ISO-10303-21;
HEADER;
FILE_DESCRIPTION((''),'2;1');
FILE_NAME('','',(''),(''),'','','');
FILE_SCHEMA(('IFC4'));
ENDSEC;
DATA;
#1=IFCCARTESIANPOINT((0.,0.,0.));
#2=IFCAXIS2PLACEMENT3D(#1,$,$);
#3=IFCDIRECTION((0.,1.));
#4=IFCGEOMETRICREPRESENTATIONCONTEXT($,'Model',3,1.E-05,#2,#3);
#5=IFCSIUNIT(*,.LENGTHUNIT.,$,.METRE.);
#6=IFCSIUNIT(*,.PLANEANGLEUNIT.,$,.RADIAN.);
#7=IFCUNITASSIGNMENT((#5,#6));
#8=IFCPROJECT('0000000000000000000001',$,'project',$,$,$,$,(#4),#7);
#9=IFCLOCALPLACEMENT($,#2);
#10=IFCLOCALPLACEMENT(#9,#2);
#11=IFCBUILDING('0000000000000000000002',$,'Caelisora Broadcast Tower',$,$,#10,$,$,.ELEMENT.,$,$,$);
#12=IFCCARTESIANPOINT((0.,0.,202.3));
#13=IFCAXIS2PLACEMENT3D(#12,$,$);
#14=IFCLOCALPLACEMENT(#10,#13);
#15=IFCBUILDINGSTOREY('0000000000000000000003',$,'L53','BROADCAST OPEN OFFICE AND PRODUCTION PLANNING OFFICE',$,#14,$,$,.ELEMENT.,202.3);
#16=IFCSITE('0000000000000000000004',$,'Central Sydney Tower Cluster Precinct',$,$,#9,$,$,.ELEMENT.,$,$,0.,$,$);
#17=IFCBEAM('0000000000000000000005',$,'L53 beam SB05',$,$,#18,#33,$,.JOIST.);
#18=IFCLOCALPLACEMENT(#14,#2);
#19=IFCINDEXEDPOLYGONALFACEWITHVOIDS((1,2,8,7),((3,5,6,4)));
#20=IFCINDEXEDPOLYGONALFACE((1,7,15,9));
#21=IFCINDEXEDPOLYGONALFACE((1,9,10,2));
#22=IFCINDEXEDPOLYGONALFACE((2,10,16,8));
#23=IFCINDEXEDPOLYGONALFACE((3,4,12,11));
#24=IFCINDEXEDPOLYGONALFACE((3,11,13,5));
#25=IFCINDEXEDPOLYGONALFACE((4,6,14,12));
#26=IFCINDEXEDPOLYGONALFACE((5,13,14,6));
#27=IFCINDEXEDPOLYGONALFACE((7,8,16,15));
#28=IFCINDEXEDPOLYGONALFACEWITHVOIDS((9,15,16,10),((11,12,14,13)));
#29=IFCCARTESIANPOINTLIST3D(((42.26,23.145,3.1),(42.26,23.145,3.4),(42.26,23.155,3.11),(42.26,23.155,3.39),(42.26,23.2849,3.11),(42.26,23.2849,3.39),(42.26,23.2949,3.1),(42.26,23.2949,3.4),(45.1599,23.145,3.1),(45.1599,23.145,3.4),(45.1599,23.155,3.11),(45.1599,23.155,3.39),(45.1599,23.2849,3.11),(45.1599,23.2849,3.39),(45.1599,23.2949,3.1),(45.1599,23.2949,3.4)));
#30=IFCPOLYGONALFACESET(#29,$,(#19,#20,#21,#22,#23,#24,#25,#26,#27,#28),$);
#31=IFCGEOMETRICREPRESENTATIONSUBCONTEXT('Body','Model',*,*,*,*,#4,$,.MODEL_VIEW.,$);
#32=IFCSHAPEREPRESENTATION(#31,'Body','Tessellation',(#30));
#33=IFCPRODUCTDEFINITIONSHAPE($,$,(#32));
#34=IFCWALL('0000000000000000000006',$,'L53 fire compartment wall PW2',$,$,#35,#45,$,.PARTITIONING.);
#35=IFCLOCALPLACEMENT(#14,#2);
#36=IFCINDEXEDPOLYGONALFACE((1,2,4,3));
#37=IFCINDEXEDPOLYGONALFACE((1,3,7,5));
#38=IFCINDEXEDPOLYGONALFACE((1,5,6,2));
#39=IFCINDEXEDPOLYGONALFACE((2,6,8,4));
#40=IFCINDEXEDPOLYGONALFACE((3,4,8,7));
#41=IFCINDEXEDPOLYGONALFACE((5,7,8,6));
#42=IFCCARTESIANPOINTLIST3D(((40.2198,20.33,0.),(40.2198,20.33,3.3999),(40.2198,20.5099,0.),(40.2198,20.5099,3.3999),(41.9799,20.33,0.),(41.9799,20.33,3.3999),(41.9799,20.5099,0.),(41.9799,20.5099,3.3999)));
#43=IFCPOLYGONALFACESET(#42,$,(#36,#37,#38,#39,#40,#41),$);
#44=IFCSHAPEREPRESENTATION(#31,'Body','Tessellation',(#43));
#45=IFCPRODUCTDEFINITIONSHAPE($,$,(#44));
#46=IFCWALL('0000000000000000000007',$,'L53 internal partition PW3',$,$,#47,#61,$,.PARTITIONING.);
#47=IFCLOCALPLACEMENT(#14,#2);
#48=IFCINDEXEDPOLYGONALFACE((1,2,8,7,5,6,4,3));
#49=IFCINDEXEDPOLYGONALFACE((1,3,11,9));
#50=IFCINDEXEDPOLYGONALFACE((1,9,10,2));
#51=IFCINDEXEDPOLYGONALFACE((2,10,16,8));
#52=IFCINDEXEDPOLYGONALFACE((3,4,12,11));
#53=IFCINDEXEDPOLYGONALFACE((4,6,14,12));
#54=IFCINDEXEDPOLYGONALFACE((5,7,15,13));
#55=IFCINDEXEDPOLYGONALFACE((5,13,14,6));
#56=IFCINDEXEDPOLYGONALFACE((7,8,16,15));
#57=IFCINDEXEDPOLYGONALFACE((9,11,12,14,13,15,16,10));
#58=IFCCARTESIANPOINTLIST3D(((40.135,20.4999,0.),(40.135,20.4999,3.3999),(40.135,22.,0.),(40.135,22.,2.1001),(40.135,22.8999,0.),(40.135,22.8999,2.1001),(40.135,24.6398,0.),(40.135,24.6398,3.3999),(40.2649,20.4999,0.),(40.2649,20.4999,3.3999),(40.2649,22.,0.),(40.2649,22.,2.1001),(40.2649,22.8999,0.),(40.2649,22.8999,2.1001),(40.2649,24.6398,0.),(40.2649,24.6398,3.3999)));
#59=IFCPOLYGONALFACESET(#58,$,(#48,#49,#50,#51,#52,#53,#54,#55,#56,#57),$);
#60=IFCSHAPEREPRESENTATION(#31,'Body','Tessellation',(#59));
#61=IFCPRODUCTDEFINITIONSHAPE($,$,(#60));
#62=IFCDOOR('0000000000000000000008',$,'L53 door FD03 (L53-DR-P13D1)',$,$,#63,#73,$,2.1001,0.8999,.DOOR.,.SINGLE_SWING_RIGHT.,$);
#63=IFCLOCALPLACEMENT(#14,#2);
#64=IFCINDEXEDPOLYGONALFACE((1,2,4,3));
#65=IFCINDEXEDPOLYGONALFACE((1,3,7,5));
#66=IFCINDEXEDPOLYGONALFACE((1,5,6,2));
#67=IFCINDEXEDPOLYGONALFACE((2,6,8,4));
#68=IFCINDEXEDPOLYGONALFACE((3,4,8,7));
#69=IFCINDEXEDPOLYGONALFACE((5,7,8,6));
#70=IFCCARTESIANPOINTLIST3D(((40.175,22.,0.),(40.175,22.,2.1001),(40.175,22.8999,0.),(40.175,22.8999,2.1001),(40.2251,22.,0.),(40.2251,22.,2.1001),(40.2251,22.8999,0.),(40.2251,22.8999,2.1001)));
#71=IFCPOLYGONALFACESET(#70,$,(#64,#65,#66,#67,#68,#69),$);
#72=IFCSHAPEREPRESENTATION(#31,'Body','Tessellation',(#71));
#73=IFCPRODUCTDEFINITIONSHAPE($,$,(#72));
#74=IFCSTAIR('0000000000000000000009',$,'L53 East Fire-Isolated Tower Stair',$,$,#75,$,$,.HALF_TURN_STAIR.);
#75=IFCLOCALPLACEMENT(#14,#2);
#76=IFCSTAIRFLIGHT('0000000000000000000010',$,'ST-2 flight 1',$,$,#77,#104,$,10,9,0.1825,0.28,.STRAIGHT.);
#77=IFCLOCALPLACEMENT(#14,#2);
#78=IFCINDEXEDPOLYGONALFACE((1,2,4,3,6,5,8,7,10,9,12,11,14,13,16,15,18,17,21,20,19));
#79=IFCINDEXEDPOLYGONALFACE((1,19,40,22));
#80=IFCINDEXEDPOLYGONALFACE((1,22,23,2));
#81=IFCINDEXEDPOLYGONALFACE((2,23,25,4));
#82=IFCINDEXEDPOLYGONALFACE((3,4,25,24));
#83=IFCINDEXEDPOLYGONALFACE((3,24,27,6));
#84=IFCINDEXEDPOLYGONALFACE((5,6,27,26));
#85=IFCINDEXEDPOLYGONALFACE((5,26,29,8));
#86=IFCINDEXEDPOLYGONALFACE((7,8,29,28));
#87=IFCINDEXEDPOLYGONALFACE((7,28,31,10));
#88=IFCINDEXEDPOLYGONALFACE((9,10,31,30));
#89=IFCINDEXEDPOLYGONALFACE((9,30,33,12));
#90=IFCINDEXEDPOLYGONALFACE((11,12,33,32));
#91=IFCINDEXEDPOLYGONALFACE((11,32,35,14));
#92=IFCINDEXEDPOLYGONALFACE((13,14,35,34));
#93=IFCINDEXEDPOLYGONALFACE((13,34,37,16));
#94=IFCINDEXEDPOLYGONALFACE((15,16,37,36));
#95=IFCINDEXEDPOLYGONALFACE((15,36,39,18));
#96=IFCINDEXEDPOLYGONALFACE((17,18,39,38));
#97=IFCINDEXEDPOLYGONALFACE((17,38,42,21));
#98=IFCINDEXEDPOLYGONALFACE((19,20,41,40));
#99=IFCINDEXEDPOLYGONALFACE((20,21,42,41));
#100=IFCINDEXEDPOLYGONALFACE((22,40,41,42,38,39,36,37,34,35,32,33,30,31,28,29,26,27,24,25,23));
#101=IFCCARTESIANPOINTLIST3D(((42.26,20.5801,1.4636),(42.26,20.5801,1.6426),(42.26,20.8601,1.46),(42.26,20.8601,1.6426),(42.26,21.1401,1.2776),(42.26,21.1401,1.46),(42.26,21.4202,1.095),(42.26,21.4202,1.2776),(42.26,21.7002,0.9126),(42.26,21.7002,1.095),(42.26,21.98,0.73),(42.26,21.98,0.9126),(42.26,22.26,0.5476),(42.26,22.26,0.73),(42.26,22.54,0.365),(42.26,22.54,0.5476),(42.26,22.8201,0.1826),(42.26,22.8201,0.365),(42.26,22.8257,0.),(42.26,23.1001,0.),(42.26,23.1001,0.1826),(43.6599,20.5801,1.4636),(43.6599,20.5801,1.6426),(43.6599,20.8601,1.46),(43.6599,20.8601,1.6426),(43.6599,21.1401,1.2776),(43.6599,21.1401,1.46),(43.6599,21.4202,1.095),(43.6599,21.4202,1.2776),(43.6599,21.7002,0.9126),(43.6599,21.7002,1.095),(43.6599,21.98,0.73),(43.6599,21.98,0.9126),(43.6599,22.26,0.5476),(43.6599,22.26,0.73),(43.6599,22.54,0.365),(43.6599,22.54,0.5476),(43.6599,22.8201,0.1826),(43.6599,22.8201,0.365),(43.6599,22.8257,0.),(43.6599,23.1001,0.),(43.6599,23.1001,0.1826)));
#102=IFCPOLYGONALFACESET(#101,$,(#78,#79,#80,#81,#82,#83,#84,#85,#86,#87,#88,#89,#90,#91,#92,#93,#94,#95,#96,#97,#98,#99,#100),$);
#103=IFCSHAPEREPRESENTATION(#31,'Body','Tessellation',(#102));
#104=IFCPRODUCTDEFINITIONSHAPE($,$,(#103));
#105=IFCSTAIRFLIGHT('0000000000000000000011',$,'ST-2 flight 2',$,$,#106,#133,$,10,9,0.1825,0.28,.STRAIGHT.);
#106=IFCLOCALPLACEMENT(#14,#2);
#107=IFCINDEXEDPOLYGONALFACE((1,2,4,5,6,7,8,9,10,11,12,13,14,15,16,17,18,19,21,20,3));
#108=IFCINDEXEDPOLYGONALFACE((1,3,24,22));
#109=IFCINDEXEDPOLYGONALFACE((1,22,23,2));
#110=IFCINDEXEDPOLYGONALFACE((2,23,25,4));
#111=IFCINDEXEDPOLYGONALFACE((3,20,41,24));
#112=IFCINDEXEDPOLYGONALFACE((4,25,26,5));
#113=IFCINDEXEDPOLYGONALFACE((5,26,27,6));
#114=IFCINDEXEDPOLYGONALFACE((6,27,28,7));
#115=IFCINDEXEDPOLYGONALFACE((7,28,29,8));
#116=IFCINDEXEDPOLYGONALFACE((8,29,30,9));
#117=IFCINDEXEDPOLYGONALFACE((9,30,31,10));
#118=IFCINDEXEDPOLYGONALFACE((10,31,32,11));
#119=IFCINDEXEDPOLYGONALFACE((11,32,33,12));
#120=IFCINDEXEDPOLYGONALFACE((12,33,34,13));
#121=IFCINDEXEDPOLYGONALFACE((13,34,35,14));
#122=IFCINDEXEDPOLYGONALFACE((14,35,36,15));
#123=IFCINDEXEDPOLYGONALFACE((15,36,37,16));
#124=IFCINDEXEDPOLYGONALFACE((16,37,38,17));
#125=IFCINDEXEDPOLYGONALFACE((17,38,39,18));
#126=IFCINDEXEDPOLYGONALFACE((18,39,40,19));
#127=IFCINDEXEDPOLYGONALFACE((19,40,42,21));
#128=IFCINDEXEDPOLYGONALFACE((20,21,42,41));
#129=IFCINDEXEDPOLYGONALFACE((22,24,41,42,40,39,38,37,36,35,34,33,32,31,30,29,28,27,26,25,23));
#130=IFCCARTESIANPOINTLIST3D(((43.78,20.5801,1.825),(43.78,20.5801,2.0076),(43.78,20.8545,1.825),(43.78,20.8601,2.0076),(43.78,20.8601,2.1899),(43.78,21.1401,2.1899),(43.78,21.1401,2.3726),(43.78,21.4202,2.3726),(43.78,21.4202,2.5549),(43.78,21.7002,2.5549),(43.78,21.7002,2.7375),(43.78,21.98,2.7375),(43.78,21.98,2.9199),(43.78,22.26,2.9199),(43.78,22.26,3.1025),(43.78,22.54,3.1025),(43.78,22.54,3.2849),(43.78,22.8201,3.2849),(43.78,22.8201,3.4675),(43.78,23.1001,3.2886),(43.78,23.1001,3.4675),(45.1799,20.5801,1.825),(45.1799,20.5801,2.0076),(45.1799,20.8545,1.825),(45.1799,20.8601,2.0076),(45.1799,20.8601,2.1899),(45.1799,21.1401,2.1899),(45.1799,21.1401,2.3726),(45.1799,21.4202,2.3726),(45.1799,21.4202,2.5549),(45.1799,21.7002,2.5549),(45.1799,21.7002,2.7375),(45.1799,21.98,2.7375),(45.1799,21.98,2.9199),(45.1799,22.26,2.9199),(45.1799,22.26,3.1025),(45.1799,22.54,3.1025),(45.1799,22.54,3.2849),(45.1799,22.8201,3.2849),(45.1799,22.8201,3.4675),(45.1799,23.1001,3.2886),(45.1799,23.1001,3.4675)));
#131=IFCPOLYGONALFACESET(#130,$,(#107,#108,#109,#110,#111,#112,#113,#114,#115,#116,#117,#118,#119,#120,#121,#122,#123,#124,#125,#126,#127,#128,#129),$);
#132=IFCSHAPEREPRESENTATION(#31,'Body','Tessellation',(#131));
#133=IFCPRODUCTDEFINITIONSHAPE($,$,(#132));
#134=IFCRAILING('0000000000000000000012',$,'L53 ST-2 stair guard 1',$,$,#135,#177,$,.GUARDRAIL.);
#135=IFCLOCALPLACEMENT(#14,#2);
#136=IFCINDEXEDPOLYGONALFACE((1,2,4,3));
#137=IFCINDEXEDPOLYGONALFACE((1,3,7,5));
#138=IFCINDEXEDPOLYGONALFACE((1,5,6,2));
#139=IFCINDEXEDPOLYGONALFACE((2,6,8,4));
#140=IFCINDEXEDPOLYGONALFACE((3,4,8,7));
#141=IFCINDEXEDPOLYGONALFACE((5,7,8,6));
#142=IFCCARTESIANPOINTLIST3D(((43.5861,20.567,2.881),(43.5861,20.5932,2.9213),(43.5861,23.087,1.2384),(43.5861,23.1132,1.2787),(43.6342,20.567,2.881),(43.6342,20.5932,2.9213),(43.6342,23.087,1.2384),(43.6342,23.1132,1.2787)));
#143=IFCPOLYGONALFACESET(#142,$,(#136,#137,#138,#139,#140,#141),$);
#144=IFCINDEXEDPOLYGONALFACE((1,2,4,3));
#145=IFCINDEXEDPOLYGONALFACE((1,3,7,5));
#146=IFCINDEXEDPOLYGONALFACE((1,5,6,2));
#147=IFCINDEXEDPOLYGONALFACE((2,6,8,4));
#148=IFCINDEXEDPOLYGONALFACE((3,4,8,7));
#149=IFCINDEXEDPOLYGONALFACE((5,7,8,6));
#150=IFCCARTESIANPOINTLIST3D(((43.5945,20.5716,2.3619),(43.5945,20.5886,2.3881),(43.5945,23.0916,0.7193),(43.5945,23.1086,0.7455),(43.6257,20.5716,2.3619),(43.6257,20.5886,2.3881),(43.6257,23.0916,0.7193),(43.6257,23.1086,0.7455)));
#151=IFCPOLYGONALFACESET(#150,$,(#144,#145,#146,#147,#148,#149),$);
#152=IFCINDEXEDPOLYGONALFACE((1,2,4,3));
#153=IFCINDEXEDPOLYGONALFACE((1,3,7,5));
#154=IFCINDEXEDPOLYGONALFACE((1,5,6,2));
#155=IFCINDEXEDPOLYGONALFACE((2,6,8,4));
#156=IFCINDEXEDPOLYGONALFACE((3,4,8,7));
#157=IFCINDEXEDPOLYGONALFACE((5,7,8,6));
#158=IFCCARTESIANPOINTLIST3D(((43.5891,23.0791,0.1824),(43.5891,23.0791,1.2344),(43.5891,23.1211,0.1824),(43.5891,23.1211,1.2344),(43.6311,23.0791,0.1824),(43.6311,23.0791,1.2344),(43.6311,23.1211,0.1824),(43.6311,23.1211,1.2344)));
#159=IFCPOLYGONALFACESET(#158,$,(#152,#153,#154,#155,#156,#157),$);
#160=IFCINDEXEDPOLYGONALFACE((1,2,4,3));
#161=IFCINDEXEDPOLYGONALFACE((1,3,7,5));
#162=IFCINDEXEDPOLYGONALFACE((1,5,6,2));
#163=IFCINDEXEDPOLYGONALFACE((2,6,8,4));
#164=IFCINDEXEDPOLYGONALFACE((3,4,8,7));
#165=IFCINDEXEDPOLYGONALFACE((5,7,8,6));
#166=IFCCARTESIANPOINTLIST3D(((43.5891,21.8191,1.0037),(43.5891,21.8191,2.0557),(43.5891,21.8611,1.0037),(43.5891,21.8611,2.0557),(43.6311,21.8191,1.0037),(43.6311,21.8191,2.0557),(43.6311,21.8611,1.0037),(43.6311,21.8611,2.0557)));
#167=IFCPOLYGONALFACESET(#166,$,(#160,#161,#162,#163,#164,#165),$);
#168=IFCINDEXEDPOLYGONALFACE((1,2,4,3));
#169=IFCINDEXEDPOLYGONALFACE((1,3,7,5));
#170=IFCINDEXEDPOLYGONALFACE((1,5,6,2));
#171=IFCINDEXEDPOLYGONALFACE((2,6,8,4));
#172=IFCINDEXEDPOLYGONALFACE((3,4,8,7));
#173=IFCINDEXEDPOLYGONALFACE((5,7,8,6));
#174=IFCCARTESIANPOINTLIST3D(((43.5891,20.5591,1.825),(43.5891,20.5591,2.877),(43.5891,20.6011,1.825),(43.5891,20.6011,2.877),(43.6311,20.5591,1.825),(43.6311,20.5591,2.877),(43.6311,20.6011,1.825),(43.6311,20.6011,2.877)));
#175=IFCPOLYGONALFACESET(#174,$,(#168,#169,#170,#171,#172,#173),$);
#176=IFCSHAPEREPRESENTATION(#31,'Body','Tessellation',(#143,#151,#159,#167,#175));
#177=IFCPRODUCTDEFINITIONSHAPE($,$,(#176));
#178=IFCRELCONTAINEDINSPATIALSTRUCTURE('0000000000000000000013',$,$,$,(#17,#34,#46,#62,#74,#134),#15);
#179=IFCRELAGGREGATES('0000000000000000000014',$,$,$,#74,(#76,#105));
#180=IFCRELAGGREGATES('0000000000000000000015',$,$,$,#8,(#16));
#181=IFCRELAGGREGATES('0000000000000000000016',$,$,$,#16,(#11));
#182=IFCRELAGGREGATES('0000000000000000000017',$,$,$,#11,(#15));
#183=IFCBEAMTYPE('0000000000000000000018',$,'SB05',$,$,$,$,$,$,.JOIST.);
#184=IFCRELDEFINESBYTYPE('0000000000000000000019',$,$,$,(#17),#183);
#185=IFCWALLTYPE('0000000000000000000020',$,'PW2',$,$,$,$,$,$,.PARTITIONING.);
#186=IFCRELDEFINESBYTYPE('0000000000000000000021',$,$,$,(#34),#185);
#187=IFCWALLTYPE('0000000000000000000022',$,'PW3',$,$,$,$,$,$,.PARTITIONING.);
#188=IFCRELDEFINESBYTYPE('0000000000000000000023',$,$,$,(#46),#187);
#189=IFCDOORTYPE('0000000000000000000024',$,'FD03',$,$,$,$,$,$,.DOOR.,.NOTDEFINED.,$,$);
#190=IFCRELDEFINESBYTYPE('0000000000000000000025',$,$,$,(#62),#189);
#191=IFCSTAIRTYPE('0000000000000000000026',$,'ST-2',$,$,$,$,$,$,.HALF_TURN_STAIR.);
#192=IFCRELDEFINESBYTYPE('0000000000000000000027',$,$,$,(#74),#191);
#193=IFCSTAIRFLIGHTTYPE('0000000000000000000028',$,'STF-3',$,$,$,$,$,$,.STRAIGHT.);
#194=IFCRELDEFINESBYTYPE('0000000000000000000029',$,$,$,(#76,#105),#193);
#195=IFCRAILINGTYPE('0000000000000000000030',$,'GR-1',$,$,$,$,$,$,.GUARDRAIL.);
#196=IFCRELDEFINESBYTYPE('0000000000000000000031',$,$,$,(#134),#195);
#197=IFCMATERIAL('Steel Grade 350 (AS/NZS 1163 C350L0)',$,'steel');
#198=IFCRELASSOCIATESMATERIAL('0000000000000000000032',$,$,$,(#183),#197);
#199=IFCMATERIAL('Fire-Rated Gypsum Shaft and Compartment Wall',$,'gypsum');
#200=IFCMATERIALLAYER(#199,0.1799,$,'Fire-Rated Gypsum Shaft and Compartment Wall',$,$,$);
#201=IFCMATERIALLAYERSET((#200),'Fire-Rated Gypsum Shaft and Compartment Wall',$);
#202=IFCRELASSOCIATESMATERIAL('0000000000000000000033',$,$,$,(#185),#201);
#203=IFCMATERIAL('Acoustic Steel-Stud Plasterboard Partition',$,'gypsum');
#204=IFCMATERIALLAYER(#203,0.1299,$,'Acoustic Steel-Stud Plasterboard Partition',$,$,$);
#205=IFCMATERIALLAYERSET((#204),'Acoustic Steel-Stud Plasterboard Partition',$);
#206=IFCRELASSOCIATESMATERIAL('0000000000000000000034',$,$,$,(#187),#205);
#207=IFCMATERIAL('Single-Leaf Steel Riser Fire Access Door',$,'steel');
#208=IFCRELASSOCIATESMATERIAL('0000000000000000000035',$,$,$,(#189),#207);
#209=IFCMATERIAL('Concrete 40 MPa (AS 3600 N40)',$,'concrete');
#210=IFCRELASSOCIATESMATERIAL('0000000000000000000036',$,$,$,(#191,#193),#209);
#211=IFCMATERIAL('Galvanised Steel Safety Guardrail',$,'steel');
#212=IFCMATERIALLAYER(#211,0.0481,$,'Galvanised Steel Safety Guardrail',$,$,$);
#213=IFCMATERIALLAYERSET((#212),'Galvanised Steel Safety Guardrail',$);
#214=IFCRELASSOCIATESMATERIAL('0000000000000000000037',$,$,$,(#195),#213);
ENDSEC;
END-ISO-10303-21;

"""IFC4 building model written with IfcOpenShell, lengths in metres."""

from ifc_helpers import new_model, si_unit, direction, frame, frame_2d, origin, origin_2d, place, context, subcontext, project, spatial, polyline, rectangle, hollow_rectangle, outline, extrude, source, transform, mapped, material, layer, layer_set, material_profile, profile_set, type_object, type_shapes, element, fill, aggregate, save


model = new_model("IFC4")

# Units and contexts
model_context = context("Model", 3, precision=1e-05, world=origin(), true_north=direction((0.0, 1.0)))
body_context = subcontext(model_context, "Body", "Model", "MODEL_VIEW")
ifc_project = project(units=[si_unit("LENGTHUNIT", "METRE"), si_unit("PLANEANGLEUNIT", "RADIAN")], contexts=[model_context])

# Site, building, storey
site_placement = place(None, origin())
site = spatial("IfcSite", under=ifc_project, at=site_placement, Name="Central Sydney Tower Cluster Precinct", CompositionType="ELEMENT", RefElevation=0.0)
building_placement = place(site_placement, origin())
building = spatial("IfcBuilding", under=site, at=building_placement, Name="Caelisora Broadcast Tower", CompositionType="ELEMENT")
storey_placement = place(building_placement, frame((0.0, 0.0, 202.3)))
storey = spatial("IfcBuildingStorey", under=building, at=storey_placement, Name="L53", Description="BROADCAST OPEN OFFICE AND PRODUCTION PLANNING OFFICE", CompositionType="ELEMENT", Elevation=202.3)

# Beam
ifc_material_1 = material(Name="Steel Grade 350 (AS/NZS 1163 C350L0)", Category="steel")
ifc_material_profile = material_profile(ifc_material_1, hollow_rectangle(XDim=0.1499, YDim=0.3, WallThickness=0.01, at=origin_2d()), Name="Steel Grade 350 (AS/NZS 1163 C350L0)")
ifc_profile_set = profile_set([ifc_material_profile], Name="Steel Grade 350 (AS/NZS 1163 C350L0)")
beam_type = type_object("IfcBeamType", Name="SB05", PredefinedType="JOIST", material=ifc_profile_set)
shared_shape = source(origin(), body_context, "Body", "SweptSolid", [
    extrude(hollow_rectangle(XDim=0.1499, YDim=0.3, WallThickness=0.01, at=origin_2d()), origin(), (0.0, 0.0, 1.0), 2.8999),
])
type_shapes(beam_type, [shared_shape])
beam_placement = place(storey_placement, frame((42.26, 23.22, 3.25), z_axis=(1.0, 0.0, 0.0), x_axis=(0.0, 1.0, 0.0)))
element("IfcBeam", 1, at=beam_placement, inside=storey, type_object=beam_type, Name="L53 beam SB05", PredefinedType="JOIST", context=body_context, shape_type="MappedRepresentation", body=[
    mapped(shared_shape, transform((0.0, 0.0, 0.0), scale=1.0)),
])

# Wall
ifc_material_2 = material(Name="Fire-Rated Gypsum Shaft and Compartment Wall", Category="gypsum")
ifc_layer_1 = layer(ifc_material_2, 0.1799, Name="Fire-Rated Gypsum Shaft and Compartment Wall")
ifc_layer_set_1 = layer_set([ifc_layer_1], Name="Fire-Rated Gypsum Shaft and Compartment Wall")
wall_type_1 = type_object("IfcWallType", Name="PW2", PredefinedType="PARTITIONING", material=ifc_layer_set_1)
wall_1_placement = place(storey_placement, frame((40.22, 20.4199, 0.0), z_axis=(0.0, 0.0, 1.0), x_axis=(1.0, 0.0, 0.0)))
element("IfcWall", 2, at=wall_1_placement, inside=storey, type_object=wall_type_1, Name="L53 fire compartment wall PW2", PredefinedType="PARTITIONING", context=body_context, shape_type="SweptSolid", body=[
    extrude(rectangle(XDim=1.76, YDim=0.1799, at=frame_2d((0.8799, 0.0))), origin(), (0.0, 0.0, 1.0), 3.3999),
])

# Shared definitions
ifc_material_3 = material(Name="Acoustic Steel-Stud Plasterboard Partition", Category="gypsum")
ifc_layer_2 = layer(ifc_material_3, 0.1299, Name="Acoustic Steel-Stud Plasterboard Partition")
ifc_layer_set_2 = layer_set([ifc_layer_2], Name="Acoustic Steel-Stud Plasterboard Partition")
wall_type_2 = type_object("IfcWallType", Name="PW3", PredefinedType="PARTITIONING", material=ifc_layer_set_2)
ifc_material_4 = material(Name="Single-Leaf Steel Riser Fire Access Door", Category="steel")
door_type_1 = type_object("IfcDoorType", Name="FD03", OperationType="NOTDEFINED", PredefinedType="DOOR", material=ifc_material_4)

# Wall, opening, door
wall_2_placement = place(storey_placement, frame((40.2, 20.5, 0.0), z_axis=(0.0, 0.0, 1.0), x_axis=(0.0, 1.0, 0.0)))
wall_2 = element("IfcWall", 3, at=wall_2_placement, inside=storey, type_object=wall_type_2, Name="L53 internal partition PW3", PredefinedType="PARTITIONING", context=body_context, shape_type="SweptSolid", body=[
    extrude(rectangle(XDim=4.1399, YDim=0.1299, at=frame_2d((2.0698, 0.0))), origin(), (0.0, 0.0, 1.0), 3.3999),
])
opening_1_placement = place(wall_2_placement, frame((1.5, 0.0, 0.0)))
opening_1 = element("IfcOpeningElement", 4, at=opening_1_placement, cuts=wall_2, PredefinedType="OPENING", context=body_context, shape_type="SweptSolid", body=[
    extrude(rectangle(XDim=0.8999, YDim=2.1001, at=frame_2d((0.45, 1.05))), frame((0.0, 0.0769, 0.0), z_axis=(0.0, -1.0, 0.0), x_axis=(1.0, 0.0, 0.0)), (0.0, 0.0, 1.0), 0.1538),
])
door_1_placement = place(opening_1_placement, origin())
door_1 = element("IfcDoor", 5, at=door_1_placement, inside=storey, type_object=door_type_1, Name="L53 door FD03 (L53-DR-P13D1)", OperationType="SINGLE_SWING_RIGHT", OverallHeight=2.1001, OverallWidth=0.8999, PredefinedType="DOOR", context=body_context, shape_type="SweptSolid", body=[
    extrude(rectangle(XDim=0.8999, YDim=2.1001, at=frame_2d((0.45, 1.05))), frame((0.0, 0.0249, 0.0), z_axis=(0.0, -1.0, 0.0), x_axis=(1.0, 0.0, 0.0)), (0.0, 0.0, 1.0), 0.05),
])
fill(opening_1, door_1)

# Stair, stair flights
ifc_material_5 = material(Name="Concrete 40 MPa (AS 3600 N40)", Category="concrete")
stair_type = type_object("IfcStairType", Name="ST-2", PredefinedType="HALF_TURN_STAIR", material=ifc_material_5)
stair_placement = place(storey_placement, origin())
stair = element("IfcStair", 6, at=stair_placement, inside=storey, type_object=stair_type, Name="L53 East Fire-Isolated Tower Stair", PredefinedType="HALF_TURN_STAIR")
stair_flight_type = type_object("IfcStairFlightType", Name="STF-3", PredefinedType="STRAIGHT", material=ifc_material_5)
stair_flight_1_placement = place(storey_placement, frame((42.96, 23.1001, 0.0), z_axis=(0.0, 0.0, 1.0), x_axis=(0.0, -1.0, 0.0)))
stair_flight_1 = element("IfcStairFlight", 7, at=stair_flight_1_placement, type_object=stair_flight_type, Name="ST-2 flight 1", NumberOfRisers=10, NumberOfTreads=9, PredefinedType="STRAIGHT", RiserHeight=0.1825, TreadLength=0.28, context=body_context, shape_type="SweptSolid", body=[
    extrude(outline(polyline([(0.0, 0.0), (0.0, 0.1826), (0.28, 0.1826), (0.28, 0.365), (0.5601, 0.365), (0.5601, 0.5476), (0.8401, 0.5476), (0.8401, 0.73), (1.1201, 0.73), (1.1201, 0.9126), (1.3999, 0.9126), (1.3999, 1.095), (1.6799, 1.095), (1.6799, 1.2776), (1.96, 1.2776), (1.96, 1.46), (2.24, 1.46), (2.24, 1.6426), (2.52, 1.6426), (2.52, 1.825), (2.52, 1.4636), (0.2744, 0.0), (0.0, 0.0)])), frame((0.0, 0.7, 0.0), z_axis=(0.0, -1.0, 0.0), x_axis=(1.0, 0.0, 0.0)), (0.0, 0.0, 1.0), 1.3999),
])
stair_flight_2_placement = place(storey_placement, frame((44.48, 20.5801, 1.825), z_axis=(0.0, 0.0, 1.0), x_axis=(0.0, 1.0, 0.0)))
stair_flight_2 = element("IfcStairFlight", 8, at=stair_flight_2_placement, type_object=stair_flight_type, Name="ST-2 flight 2", NumberOfRisers=10, NumberOfTreads=9, PredefinedType="STRAIGHT", RiserHeight=0.1825, TreadLength=0.28, context=body_context, shape_type="SweptSolid", body=[
    extrude(outline(polyline([(0.0, 0.0), (0.0, 0.1826), (0.28, 0.1826), (0.28, 0.365), (0.5601, 0.365), (0.5601, 0.5476), (0.8401, 0.5476), (0.8401, 0.73), (1.1201, 0.73), (1.1201, 0.9126), (1.3999, 0.9126), (1.3999, 1.095), (1.6799, 1.095), (1.6799, 1.2776), (1.96, 1.2776), (1.96, 1.46), (2.24, 1.46), (2.24, 1.6426), (2.52, 1.6426), (2.52, 1.825), (2.52, 1.4636), (0.2744, 0.0), (0.0, 0.0)])), frame((0.0, 0.7, 0.0), z_axis=(0.0, -1.0, 0.0), x_axis=(1.0, 0.0, 0.0)), (0.0, 0.0, 1.0), 1.3999),
])
aggregate(stair, [stair_flight_1, stair_flight_2])

# Railing
ifc_material_6 = material(Name="Galvanised Steel Safety Guardrail", Category="steel")
ifc_layer_3 = layer(ifc_material_6, 0.0481, Name="Galvanised Steel Safety Guardrail")
ifc_layer_set_3 = layer_set([ifc_layer_3], Name="Galvanised Steel Safety Guardrail")
railing_type_1 = type_object("IfcRailingType", Name="GR-1", PredefinedType="GUARDRAIL", material=ifc_layer_set_3)
railing_1_placement = place(storey_placement, frame((43.6101, 23.1001, 0.1824)))
element("IfcRailing", 9, at=railing_1_placement, inside=storey, type_object=railing_type_1, Name="L53 ST-2 stair guard 1", PredefinedType="GUARDRAIL", context=body_context, shape_type="SweptSolid", body=[
    extrude(rectangle(XDim=0.0481, YDim=0.0481, at=origin_2d()), frame((0.0, 0.0, 1.0762), z_axis=(0.0, -0.837749, 0.546055), x_axis=(1.0, 0.0, 0.0)), (0.0, 0.0, 1.0), 3.0081),
    extrude(rectangle(XDim=0.0312, YDim=0.0312, at=origin_2d()), frame((0.0, 0.0, 0.55), z_axis=(0.0, -0.837749, 0.546055), x_axis=(1.0, 0.0, 0.0)), (0.0, 0.0, 1.0), 3.0081),
    extrude(rectangle(XDim=0.042, YDim=0.042, at=origin_2d()), origin(), (0.0, 0.0, 1.0), 1.052),
    extrude(rectangle(XDim=0.042, YDim=0.042, at=origin_2d()), frame((0.0, -1.26, 0.8213)), (0.0, 0.0, 1.0), 1.052),
    extrude(rectangle(XDim=0.042, YDim=0.042, at=origin_2d()), frame((0.0, -2.52, 1.6426)), (0.0, 0.0, 1.0), 1.052),
])

save(model, "model.ifc")
